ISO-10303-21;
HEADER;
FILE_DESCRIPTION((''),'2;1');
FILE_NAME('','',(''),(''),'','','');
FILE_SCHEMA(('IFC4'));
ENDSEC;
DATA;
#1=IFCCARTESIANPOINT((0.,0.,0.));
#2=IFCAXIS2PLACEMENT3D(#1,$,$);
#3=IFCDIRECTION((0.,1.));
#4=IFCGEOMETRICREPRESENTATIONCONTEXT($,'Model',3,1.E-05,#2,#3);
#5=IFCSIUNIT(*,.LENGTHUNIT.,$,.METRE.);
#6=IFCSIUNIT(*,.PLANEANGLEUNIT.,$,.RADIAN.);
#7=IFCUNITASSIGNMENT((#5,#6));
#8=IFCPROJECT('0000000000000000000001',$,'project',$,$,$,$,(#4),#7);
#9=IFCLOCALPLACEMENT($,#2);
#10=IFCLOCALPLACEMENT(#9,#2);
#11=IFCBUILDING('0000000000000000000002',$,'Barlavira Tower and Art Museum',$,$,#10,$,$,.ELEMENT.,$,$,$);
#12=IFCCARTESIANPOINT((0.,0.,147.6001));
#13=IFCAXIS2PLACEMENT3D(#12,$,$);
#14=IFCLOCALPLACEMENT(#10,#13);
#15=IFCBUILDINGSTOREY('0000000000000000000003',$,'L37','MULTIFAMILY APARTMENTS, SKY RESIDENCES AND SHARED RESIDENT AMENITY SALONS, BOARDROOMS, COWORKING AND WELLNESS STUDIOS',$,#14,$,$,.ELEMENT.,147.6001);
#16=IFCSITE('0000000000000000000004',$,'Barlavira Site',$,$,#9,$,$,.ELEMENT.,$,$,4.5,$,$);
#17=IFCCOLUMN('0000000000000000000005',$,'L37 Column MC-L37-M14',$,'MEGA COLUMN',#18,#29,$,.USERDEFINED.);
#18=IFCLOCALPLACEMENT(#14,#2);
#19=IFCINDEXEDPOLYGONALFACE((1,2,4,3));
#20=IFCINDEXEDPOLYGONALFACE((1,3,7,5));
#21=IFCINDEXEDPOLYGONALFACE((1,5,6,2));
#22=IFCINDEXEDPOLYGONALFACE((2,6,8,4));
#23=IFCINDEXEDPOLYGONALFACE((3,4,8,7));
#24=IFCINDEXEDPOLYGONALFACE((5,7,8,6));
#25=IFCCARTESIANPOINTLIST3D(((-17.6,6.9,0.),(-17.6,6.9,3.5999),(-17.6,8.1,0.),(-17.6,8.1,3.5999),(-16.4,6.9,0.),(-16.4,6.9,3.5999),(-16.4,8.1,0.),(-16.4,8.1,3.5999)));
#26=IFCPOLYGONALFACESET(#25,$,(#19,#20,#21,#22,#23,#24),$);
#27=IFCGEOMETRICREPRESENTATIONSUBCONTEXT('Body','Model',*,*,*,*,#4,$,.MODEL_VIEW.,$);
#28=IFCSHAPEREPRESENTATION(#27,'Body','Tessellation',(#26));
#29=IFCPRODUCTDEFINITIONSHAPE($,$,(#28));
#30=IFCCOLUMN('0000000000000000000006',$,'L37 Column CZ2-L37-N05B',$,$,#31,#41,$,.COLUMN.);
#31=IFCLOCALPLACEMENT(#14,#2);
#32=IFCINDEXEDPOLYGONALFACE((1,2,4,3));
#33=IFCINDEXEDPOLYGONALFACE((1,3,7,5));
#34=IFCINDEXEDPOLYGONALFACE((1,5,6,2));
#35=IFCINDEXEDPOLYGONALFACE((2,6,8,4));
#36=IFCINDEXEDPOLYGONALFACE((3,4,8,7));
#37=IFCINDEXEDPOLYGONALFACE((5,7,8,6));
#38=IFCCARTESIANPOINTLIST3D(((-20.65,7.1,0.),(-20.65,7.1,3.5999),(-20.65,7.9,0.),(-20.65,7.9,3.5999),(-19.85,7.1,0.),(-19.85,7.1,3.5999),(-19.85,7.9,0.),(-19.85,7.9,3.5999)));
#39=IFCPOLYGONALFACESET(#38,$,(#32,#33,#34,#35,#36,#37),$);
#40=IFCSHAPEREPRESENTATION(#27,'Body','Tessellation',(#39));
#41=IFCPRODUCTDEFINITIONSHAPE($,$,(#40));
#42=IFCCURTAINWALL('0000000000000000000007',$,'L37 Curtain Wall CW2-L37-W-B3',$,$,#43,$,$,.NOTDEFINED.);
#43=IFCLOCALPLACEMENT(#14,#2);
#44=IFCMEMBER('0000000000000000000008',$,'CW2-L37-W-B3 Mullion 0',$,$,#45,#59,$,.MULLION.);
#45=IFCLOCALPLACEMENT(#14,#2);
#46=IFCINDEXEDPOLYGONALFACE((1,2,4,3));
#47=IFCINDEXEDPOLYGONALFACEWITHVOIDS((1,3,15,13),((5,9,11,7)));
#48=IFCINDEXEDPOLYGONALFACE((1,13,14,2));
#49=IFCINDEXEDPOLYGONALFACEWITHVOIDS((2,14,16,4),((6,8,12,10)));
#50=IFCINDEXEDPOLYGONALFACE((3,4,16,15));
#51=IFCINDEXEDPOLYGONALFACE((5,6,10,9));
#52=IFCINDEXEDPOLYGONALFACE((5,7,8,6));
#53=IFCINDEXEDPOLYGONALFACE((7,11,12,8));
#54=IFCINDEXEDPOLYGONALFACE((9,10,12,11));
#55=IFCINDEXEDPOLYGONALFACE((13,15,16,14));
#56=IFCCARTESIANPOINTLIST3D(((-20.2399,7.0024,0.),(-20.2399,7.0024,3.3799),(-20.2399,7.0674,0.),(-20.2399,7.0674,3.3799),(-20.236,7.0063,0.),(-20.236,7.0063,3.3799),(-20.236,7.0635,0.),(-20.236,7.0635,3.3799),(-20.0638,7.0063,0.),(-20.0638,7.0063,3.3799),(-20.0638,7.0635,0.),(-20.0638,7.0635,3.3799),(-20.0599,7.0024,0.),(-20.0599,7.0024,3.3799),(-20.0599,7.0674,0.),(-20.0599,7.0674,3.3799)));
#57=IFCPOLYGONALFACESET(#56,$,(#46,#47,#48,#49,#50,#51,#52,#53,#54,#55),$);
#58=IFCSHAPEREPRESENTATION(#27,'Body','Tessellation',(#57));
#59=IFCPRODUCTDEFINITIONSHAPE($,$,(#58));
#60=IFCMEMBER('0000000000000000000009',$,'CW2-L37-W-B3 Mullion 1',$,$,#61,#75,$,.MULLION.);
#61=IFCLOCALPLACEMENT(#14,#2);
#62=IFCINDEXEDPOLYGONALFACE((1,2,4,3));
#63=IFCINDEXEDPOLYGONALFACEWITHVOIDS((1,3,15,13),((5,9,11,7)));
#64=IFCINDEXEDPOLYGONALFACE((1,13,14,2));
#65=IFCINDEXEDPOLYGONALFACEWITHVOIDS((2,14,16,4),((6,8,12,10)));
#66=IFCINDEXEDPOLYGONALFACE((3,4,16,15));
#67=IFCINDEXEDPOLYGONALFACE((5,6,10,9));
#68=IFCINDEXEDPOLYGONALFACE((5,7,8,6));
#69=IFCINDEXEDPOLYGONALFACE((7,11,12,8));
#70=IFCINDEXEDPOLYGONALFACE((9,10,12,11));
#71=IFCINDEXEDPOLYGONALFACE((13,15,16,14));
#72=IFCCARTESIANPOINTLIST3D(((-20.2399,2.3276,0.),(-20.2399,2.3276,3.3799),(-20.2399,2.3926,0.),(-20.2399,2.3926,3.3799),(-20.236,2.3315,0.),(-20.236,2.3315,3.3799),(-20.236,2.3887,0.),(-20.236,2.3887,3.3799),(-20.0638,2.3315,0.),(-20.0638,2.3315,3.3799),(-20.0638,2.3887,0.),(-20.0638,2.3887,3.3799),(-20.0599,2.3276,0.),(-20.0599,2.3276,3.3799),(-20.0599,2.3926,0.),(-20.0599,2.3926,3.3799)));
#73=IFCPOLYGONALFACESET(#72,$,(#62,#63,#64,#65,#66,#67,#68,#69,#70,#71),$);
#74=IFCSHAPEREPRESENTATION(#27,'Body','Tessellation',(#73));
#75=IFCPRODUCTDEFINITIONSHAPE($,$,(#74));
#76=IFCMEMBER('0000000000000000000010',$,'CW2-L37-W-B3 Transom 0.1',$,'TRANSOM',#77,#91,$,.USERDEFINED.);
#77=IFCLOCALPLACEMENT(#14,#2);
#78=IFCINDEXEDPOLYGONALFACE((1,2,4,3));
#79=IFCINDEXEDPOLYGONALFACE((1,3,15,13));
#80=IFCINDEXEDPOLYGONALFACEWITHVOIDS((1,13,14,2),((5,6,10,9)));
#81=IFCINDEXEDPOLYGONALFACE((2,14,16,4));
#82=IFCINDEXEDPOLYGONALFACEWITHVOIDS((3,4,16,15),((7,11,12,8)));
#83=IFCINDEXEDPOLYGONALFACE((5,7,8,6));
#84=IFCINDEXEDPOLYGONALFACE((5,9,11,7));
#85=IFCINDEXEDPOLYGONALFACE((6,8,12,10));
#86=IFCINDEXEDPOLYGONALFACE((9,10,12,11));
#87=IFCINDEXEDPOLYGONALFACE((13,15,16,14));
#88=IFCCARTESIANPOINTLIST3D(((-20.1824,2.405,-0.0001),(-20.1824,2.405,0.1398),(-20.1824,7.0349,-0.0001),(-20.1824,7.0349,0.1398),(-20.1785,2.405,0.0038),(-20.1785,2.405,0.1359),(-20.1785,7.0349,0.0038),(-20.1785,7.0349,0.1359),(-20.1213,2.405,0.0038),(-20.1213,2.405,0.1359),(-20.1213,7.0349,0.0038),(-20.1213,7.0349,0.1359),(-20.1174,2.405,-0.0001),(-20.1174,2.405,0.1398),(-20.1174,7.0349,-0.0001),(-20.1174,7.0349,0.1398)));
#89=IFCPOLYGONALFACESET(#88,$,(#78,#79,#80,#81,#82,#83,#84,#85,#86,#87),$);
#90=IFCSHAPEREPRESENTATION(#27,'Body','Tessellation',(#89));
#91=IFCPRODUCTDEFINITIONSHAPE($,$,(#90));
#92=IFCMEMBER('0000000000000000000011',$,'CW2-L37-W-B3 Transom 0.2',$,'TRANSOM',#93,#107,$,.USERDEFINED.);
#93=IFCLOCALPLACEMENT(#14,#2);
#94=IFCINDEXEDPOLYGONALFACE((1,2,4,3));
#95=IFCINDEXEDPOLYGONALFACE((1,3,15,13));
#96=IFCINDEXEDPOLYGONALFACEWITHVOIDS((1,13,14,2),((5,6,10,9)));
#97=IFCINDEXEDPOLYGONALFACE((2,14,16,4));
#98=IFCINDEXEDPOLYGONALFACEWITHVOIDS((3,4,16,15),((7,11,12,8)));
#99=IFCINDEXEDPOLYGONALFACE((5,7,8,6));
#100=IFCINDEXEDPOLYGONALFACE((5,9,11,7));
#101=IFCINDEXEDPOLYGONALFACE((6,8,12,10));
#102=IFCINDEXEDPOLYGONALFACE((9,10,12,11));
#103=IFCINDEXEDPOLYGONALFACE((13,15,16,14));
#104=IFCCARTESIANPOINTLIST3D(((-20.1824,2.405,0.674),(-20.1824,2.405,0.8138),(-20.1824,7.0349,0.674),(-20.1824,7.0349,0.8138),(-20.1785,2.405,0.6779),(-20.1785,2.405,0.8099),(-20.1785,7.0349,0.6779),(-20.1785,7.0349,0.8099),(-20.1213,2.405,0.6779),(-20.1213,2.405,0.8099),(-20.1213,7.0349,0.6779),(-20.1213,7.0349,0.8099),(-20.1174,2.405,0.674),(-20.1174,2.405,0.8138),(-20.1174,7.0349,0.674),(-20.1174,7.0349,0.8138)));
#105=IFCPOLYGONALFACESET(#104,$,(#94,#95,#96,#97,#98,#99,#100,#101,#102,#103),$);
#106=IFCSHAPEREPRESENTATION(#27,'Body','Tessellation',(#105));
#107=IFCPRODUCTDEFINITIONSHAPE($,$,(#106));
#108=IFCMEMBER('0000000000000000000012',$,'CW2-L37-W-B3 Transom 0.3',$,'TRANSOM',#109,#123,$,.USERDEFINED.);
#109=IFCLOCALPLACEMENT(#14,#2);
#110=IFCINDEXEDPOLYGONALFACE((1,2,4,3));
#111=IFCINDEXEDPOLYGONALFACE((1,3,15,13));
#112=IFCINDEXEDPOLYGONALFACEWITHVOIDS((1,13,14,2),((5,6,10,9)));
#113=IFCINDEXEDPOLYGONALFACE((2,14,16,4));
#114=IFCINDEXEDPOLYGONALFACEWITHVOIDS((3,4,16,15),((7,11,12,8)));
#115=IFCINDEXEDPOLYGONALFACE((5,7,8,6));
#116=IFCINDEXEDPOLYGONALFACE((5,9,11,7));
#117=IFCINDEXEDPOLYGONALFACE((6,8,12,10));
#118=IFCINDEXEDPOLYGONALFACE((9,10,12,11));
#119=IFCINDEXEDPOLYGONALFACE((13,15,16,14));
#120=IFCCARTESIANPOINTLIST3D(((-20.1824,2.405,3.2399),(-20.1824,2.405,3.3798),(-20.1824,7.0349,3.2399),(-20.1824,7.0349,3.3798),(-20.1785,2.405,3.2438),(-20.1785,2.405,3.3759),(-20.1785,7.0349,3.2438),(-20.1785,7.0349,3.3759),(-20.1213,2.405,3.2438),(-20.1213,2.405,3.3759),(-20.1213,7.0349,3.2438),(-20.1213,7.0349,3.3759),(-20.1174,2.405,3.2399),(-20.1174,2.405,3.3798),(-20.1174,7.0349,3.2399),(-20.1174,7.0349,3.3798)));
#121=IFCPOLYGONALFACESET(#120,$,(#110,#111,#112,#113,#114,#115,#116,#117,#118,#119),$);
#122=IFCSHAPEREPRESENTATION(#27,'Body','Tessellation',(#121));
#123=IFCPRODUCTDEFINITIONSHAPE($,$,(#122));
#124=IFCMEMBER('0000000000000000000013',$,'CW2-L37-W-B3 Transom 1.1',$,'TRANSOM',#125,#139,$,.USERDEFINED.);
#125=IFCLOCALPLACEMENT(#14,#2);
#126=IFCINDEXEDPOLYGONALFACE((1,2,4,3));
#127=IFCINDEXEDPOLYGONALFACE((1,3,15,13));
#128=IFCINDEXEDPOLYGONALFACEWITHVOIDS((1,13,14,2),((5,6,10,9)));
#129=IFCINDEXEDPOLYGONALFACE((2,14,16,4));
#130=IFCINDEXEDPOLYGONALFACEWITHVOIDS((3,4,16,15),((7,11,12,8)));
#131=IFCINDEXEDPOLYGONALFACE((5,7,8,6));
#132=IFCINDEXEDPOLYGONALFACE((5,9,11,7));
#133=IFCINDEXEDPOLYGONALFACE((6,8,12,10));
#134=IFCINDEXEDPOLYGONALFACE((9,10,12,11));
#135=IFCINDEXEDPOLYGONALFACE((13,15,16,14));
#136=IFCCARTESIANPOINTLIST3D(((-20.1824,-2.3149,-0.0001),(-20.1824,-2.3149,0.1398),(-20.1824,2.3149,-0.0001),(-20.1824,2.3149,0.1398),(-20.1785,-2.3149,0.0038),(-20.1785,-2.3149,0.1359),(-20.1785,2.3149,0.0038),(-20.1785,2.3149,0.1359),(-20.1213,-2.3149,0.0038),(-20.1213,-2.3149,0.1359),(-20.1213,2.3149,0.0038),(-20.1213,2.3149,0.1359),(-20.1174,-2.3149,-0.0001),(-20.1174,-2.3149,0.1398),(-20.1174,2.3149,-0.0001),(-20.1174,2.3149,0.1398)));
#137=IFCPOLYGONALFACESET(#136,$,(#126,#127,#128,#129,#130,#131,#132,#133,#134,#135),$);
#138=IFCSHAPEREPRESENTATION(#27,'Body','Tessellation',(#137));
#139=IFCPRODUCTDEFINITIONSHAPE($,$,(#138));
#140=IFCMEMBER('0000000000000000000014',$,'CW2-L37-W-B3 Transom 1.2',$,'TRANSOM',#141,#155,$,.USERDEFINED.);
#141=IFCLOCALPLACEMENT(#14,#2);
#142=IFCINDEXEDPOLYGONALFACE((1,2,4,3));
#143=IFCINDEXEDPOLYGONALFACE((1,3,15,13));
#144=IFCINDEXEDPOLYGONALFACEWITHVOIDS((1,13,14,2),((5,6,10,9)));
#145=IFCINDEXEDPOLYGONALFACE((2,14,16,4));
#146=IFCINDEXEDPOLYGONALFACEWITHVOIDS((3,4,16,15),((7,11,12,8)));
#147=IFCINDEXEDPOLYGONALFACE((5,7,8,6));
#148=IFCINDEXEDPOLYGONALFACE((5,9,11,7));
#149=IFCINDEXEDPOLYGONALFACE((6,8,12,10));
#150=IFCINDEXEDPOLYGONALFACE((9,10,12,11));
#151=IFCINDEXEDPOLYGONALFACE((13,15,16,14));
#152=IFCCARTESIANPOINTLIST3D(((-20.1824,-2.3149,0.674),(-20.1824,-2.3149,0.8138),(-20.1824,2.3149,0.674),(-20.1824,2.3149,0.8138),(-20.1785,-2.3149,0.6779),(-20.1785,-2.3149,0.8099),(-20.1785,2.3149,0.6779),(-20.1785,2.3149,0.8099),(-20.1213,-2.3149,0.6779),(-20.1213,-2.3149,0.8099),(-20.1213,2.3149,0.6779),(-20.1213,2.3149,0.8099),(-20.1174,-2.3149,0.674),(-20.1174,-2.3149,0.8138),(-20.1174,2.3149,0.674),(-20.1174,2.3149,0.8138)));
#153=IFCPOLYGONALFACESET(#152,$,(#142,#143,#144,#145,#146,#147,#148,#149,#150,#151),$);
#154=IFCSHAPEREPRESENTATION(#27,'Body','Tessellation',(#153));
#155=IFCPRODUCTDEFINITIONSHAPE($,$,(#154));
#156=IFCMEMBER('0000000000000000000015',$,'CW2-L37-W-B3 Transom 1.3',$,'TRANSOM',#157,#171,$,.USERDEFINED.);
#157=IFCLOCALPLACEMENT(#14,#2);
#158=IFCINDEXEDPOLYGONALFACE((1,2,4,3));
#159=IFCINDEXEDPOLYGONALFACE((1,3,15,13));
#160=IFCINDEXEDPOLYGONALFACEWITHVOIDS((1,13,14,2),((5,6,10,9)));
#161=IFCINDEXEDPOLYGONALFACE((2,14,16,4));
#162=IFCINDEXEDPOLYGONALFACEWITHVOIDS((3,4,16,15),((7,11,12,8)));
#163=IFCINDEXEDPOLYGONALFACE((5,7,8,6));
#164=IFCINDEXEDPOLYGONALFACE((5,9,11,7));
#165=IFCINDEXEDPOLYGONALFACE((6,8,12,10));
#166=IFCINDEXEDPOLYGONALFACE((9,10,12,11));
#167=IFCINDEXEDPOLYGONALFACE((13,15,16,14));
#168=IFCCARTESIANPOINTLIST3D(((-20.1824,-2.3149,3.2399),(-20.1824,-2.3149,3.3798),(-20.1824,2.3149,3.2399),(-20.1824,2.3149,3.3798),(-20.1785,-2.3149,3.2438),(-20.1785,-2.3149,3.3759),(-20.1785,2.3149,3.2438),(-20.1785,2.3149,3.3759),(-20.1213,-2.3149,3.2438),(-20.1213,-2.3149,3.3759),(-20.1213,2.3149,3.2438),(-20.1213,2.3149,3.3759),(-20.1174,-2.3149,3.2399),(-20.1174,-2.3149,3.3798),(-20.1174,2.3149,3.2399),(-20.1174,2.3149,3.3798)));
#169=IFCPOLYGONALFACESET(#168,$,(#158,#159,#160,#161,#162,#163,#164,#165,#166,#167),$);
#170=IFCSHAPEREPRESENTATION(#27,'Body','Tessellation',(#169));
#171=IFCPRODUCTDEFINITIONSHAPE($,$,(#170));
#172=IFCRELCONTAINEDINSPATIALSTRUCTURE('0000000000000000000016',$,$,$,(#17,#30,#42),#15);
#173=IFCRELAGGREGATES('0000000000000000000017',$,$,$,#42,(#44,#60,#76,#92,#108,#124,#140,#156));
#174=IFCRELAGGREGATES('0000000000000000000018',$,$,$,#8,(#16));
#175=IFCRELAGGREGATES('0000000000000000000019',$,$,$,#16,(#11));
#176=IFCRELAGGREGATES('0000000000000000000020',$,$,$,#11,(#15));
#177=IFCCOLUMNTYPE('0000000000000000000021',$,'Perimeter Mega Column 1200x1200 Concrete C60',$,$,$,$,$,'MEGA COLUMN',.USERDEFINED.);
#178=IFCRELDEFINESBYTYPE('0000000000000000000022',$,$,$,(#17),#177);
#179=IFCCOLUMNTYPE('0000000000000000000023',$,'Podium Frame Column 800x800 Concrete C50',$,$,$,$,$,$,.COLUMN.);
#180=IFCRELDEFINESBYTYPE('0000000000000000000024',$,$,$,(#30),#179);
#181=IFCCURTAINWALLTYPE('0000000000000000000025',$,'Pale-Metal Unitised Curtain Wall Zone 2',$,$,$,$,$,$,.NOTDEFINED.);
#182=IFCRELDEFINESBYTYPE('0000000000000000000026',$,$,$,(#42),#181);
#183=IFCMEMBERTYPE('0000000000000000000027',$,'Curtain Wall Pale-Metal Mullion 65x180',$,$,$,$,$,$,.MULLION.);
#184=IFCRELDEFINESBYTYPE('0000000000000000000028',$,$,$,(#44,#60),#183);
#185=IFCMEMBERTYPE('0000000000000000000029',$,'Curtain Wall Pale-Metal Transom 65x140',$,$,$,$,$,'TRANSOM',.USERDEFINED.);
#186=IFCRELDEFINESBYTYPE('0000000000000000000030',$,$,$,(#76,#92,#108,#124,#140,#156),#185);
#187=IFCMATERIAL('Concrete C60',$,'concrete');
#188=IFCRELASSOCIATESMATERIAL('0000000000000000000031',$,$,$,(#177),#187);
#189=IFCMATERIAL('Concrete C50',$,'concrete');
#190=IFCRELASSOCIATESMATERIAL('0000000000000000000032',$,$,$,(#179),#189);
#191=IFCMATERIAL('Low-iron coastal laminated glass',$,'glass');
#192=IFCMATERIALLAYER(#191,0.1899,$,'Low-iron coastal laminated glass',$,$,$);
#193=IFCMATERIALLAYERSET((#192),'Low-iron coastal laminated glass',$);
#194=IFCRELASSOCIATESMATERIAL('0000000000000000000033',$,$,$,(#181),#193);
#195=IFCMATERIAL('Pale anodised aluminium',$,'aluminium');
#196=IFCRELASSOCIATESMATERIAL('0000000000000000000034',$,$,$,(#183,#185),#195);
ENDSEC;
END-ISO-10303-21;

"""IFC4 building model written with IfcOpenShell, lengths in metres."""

from ifc_helpers import new_model, si_unit, direction, frame, origin, origin_2d, place, context, subcontext, project, spatial, rectangle, hollow_rectangle, extrude, material, layer, layer_set, material_profile, profile_set, type_object, element, aggregate, save


model = new_model("IFC4")

# Units and contexts
model_context = context("Model", 3, precision=1e-05, world=origin(), true_north=direction((0.0, 1.0)))
body_context = subcontext(model_context, "Body", "Model", "MODEL_VIEW")
ifc_project = project(units=[si_unit("LENGTHUNIT", "METRE"), si_unit("PLANEANGLEUNIT", "RADIAN")], contexts=[model_context])

# Site, building, storey
site_placement = place(None, origin())
site = spatial("IfcSite", under=ifc_project, at=site_placement, Name="Barlavira Site", CompositionType="ELEMENT", RefElevation=4.5)
building_placement = place(site_placement, origin())
building = spatial("IfcBuilding", under=site, at=building_placement, Name="Barlavira Tower and Art Museum", CompositionType="ELEMENT")
storey_placement = place(building_placement, frame((0.0, 0.0, 147.6001)))
storey = spatial("IfcBuildingStorey", under=building, at=storey_placement, Name="L37", Description="MULTIFAMILY APARTMENTS, SKY RESIDENCES AND SHARED RESIDENT AMENITY SALONS, BOARDROOMS, COWORKING AND WELLNESS STUDIOS", CompositionType="ELEMENT", Elevation=147.6001)

# Columns
ifc_material_1 = material(Name="Concrete C60", Category="concrete")
ifc_material_profile_1 = material_profile(ifc_material_1, rectangle(XDim=1.2, YDim=1.2, at=origin_2d()), Name="RC-COL 1200x1200")
ifc_profile_set_1 = profile_set([ifc_material_profile_1], Name="Concrete C60")
column_type_1 = type_object("IfcColumnType", Name="Perimeter Mega Column 1200x1200 Concrete C60", ElementType="MEGA COLUMN", PredefinedType="USERDEFINED", material=ifc_profile_set_1)
column_1_placement = place(storey_placement, frame((-17.0, 7.5, 0.0), z_axis=(0.0, 0.0, 1.0), x_axis=(1.0, 0.0, 0.0)))
element("IfcColumn", 1, at=column_1_placement, inside=storey, type_object=column_type_1, Name="L37 Column MC-L37-M14", ObjectType="MEGA COLUMN", PredefinedType="USERDEFINED", context=body_context, shape_type="SweptSolid", body=[
    extrude(rectangle(XDim=1.2, YDim=1.2, at=origin_2d()), origin(), (0.0, 0.0, 1.0), 3.5999),
])
ifc_material_2 = material(Name="Concrete C50", Category="concrete")
ifc_material_profile_2 = material_profile(ifc_material_2, rectangle(XDim=0.8, YDim=0.8, at=origin_2d()), Name="RC-COL 800x800")
ifc_profile_set_2 = profile_set([ifc_material_profile_2], Name="Concrete C50")
column_type_2 = type_object("IfcColumnType", Name="Podium Frame Column 800x800 Concrete C50", PredefinedType="COLUMN", material=ifc_profile_set_2)
column_2_placement = place(storey_placement, frame((-20.25, 7.5, 0.0), z_axis=(0.0, 0.0, 1.0), x_axis=(1.0, 0.0, 0.0)))
element("IfcColumn", 2, at=column_2_placement, inside=storey, type_object=column_type_2, Name="L37 Column CZ2-L37-N05B", PredefinedType="COLUMN", context=body_context, shape_type="SweptSolid", body=[
    extrude(rectangle(XDim=0.8, YDim=0.8, at=origin_2d()), origin(), (0.0, 0.0, 1.0), 3.5999),
])

# Curtain wall, members
ifc_material_3 = material(Name="Low-iron coastal laminated glass", Category="glass")
ifc_layer_1 = layer(ifc_material_3, 0.1899, Name="Low-iron coastal laminated glass")
ifc_layer_set_1 = layer_set([ifc_layer_1], Name="Low-iron coastal laminated glass")
curtain_wall_type = type_object("IfcCurtainWallType", Name="Pale-Metal Unitised Curtain Wall Zone 2", PredefinedType="NOTDEFINED", material=ifc_layer_set_1)
curtain_wall_placement = place(storey_placement, origin())
curtain_wall = element("IfcCurtainWall", 3, at=curtain_wall_placement, inside=storey, type_object=curtain_wall_type, Name="L37 Curtain Wall CW2-L37-W-B3", PredefinedType="NOTDEFINED")
ifc_material_4 = material(Name="Pale anodised aluminium", Category="aluminium")
ifc_material_profile_3 = material_profile(ifc_material_4, hollow_rectangle(XDim=0.0649, YDim=0.1799, WallThickness=0.0039, at=origin_2d()), Name="ALU-MULL 65x180x4")
ifc_profile_set_3 = profile_set([ifc_material_profile_3], Name="Pale anodised aluminium")
member_type_1 = type_object("IfcMemberType", Name="Curtain Wall Pale-Metal Mullion 65x180", PredefinedType="MULLION", material=ifc_profile_set_3)
member_1_placement = place(storey_placement, frame((-20.1499, 7.0349, 0.0), z_axis=(0.0, 0.0, 1.0), x_axis=(0.0, -1.0, 0.0)))
member_1 = element("IfcMember", 4, at=member_1_placement, type_object=member_type_1, Name="CW2-L37-W-B3 Mullion 0", PredefinedType="MULLION", context=body_context, shape_type="SweptSolid", body=[
    extrude(hollow_rectangle(XDim=0.0649, YDim=0.1799, WallThickness=0.0039, at=origin_2d()), origin(), (0.0, 0.0, 1.0), 3.3799),
])
member_2_placement = place(storey_placement, frame((-20.1499, 2.3601, 0.0), z_axis=(0.0, 0.0, 1.0), x_axis=(0.0, -1.0, 0.0)))
member_2 = element("IfcMember", 5, at=member_2_placement, type_object=member_type_1, Name="CW2-L37-W-B3 Mullion 1", PredefinedType="MULLION", context=body_context, shape_type="SweptSolid", body=[
    extrude(hollow_rectangle(XDim=0.0649, YDim=0.1799, WallThickness=0.0039, at=origin_2d()), origin(), (0.0, 0.0, 1.0), 3.3799),
])
ifc_material_profile_4 = material_profile(ifc_material_4, hollow_rectangle(XDim=0.0649, YDim=0.1399, WallThickness=0.0039, at=origin_2d()), Name="ALU-TRAN 65x140x4")
ifc_profile_set_4 = profile_set([ifc_material_profile_4], Name="Pale anodised aluminium")
member_type_2 = type_object("IfcMemberType", Name="Curtain Wall Pale-Metal Transom 65x140", ElementType="TRANSOM", PredefinedType="USERDEFINED", material=ifc_profile_set_4)
member_3_placement = place(storey_placement, frame((-20.1499, 7.0349, 0.0698), z_axis=(0.0, -1.0, 0.0), x_axis=(1.0, 0.0, 0.0)))
member_3 = element("IfcMember", 6, at=member_3_placement, type_object=member_type_2, Name="CW2-L37-W-B3 Transom 0.1", ObjectType="TRANSOM", PredefinedType="USERDEFINED", context=body_context, shape_type="SweptSolid", body=[
    extrude(hollow_rectangle(XDim=0.0649, YDim=0.1399, WallThickness=0.0039, at=origin_2d()), origin(), (0.0, 0.0, 1.0), 4.6299),
])
member_4_placement = place(storey_placement, frame((-20.1499, 7.0349, 0.7439), z_axis=(0.0, -1.0, 0.0), x_axis=(1.0, 0.0, 0.0)))
member_4 = element("IfcMember", 7, at=member_4_placement, type_object=member_type_2, Name="CW2-L37-W-B3 Transom 0.2", ObjectType="TRANSOM", PredefinedType="USERDEFINED", context=body_context, shape_type="SweptSolid", body=[
    extrude(hollow_rectangle(XDim=0.0649, YDim=0.1399, WallThickness=0.0039, at=origin_2d()), origin(), (0.0, 0.0, 1.0), 4.6299),
])
member_5_placement = place(storey_placement, frame((-20.1499, 7.0349, 3.3098), z_axis=(0.0, -1.0, 0.0), x_axis=(1.0, 0.0, 0.0)))
member_5 = element("IfcMember", 8, at=member_5_placement, type_object=member_type_2, Name="CW2-L37-W-B3 Transom 0.3", ObjectType="TRANSOM", PredefinedType="USERDEFINED", context=body_context, shape_type="SweptSolid", body=[
    extrude(hollow_rectangle(XDim=0.0649, YDim=0.1399, WallThickness=0.0039, at=origin_2d()), origin(), (0.0, 0.0, 1.0), 4.6299),
])
member_6_placement = place(storey_placement, frame((-20.1499, 2.3149, 0.0698), z_axis=(0.0, -1.0, 0.0), x_axis=(1.0, 0.0, 0.0)))
member_6 = element("IfcMember", 9, at=member_6_placement, type_object=member_type_2, Name="CW2-L37-W-B3 Transom 1.1", ObjectType="TRANSOM", PredefinedType="USERDEFINED", context=body_context, shape_type="SweptSolid", body=[
    extrude(hollow_rectangle(XDim=0.0649, YDim=0.1399, WallThickness=0.0039, at=origin_2d()), origin(), (0.0, 0.0, 1.0), 4.6299),
])
member_7_placement = place(storey_placement, frame((-20.1499, 2.3149, 0.7439), z_axis=(0.0, -1.0, 0.0), x_axis=(1.0, 0.0, 0.0)))
member_7 = element("IfcMember", 10, at=member_7_placement, type_object=member_type_2, Name="CW2-L37-W-B3 Transom 1.2", ObjectType="TRANSOM", PredefinedType="USERDEFINED", context=body_context, shape_type="SweptSolid", body=[
    extrude(hollow_rectangle(XDim=0.0649, YDim=0.1399, WallThickness=0.0039, at=origin_2d()), origin(), (0.0, 0.0, 1.0), 4.6299),
])
member_8_placement = place(storey_placement, frame((-20.1499, 2.3149, 3.3098), z_axis=(0.0, -1.0, 0.0), x_axis=(1.0, 0.0, 0.0)))
member_8 = element("IfcMember", 11, at=member_8_placement, type_object=member_type_2, Name="CW2-L37-W-B3 Transom 1.3", ObjectType="TRANSOM", PredefinedType="USERDEFINED", context=body_context, shape_type="SweptSolid", body=[
    extrude(hollow_rectangle(XDim=0.0649, YDim=0.1399, WallThickness=0.0039, at=origin_2d()), origin(), (0.0, 0.0, 1.0), 4.6299),
])

aggregate(curtain_wall, [member_1, member_2, member_3, member_4, member_5, member_6, member_7, member_8])

save(model, "model.ifc")
